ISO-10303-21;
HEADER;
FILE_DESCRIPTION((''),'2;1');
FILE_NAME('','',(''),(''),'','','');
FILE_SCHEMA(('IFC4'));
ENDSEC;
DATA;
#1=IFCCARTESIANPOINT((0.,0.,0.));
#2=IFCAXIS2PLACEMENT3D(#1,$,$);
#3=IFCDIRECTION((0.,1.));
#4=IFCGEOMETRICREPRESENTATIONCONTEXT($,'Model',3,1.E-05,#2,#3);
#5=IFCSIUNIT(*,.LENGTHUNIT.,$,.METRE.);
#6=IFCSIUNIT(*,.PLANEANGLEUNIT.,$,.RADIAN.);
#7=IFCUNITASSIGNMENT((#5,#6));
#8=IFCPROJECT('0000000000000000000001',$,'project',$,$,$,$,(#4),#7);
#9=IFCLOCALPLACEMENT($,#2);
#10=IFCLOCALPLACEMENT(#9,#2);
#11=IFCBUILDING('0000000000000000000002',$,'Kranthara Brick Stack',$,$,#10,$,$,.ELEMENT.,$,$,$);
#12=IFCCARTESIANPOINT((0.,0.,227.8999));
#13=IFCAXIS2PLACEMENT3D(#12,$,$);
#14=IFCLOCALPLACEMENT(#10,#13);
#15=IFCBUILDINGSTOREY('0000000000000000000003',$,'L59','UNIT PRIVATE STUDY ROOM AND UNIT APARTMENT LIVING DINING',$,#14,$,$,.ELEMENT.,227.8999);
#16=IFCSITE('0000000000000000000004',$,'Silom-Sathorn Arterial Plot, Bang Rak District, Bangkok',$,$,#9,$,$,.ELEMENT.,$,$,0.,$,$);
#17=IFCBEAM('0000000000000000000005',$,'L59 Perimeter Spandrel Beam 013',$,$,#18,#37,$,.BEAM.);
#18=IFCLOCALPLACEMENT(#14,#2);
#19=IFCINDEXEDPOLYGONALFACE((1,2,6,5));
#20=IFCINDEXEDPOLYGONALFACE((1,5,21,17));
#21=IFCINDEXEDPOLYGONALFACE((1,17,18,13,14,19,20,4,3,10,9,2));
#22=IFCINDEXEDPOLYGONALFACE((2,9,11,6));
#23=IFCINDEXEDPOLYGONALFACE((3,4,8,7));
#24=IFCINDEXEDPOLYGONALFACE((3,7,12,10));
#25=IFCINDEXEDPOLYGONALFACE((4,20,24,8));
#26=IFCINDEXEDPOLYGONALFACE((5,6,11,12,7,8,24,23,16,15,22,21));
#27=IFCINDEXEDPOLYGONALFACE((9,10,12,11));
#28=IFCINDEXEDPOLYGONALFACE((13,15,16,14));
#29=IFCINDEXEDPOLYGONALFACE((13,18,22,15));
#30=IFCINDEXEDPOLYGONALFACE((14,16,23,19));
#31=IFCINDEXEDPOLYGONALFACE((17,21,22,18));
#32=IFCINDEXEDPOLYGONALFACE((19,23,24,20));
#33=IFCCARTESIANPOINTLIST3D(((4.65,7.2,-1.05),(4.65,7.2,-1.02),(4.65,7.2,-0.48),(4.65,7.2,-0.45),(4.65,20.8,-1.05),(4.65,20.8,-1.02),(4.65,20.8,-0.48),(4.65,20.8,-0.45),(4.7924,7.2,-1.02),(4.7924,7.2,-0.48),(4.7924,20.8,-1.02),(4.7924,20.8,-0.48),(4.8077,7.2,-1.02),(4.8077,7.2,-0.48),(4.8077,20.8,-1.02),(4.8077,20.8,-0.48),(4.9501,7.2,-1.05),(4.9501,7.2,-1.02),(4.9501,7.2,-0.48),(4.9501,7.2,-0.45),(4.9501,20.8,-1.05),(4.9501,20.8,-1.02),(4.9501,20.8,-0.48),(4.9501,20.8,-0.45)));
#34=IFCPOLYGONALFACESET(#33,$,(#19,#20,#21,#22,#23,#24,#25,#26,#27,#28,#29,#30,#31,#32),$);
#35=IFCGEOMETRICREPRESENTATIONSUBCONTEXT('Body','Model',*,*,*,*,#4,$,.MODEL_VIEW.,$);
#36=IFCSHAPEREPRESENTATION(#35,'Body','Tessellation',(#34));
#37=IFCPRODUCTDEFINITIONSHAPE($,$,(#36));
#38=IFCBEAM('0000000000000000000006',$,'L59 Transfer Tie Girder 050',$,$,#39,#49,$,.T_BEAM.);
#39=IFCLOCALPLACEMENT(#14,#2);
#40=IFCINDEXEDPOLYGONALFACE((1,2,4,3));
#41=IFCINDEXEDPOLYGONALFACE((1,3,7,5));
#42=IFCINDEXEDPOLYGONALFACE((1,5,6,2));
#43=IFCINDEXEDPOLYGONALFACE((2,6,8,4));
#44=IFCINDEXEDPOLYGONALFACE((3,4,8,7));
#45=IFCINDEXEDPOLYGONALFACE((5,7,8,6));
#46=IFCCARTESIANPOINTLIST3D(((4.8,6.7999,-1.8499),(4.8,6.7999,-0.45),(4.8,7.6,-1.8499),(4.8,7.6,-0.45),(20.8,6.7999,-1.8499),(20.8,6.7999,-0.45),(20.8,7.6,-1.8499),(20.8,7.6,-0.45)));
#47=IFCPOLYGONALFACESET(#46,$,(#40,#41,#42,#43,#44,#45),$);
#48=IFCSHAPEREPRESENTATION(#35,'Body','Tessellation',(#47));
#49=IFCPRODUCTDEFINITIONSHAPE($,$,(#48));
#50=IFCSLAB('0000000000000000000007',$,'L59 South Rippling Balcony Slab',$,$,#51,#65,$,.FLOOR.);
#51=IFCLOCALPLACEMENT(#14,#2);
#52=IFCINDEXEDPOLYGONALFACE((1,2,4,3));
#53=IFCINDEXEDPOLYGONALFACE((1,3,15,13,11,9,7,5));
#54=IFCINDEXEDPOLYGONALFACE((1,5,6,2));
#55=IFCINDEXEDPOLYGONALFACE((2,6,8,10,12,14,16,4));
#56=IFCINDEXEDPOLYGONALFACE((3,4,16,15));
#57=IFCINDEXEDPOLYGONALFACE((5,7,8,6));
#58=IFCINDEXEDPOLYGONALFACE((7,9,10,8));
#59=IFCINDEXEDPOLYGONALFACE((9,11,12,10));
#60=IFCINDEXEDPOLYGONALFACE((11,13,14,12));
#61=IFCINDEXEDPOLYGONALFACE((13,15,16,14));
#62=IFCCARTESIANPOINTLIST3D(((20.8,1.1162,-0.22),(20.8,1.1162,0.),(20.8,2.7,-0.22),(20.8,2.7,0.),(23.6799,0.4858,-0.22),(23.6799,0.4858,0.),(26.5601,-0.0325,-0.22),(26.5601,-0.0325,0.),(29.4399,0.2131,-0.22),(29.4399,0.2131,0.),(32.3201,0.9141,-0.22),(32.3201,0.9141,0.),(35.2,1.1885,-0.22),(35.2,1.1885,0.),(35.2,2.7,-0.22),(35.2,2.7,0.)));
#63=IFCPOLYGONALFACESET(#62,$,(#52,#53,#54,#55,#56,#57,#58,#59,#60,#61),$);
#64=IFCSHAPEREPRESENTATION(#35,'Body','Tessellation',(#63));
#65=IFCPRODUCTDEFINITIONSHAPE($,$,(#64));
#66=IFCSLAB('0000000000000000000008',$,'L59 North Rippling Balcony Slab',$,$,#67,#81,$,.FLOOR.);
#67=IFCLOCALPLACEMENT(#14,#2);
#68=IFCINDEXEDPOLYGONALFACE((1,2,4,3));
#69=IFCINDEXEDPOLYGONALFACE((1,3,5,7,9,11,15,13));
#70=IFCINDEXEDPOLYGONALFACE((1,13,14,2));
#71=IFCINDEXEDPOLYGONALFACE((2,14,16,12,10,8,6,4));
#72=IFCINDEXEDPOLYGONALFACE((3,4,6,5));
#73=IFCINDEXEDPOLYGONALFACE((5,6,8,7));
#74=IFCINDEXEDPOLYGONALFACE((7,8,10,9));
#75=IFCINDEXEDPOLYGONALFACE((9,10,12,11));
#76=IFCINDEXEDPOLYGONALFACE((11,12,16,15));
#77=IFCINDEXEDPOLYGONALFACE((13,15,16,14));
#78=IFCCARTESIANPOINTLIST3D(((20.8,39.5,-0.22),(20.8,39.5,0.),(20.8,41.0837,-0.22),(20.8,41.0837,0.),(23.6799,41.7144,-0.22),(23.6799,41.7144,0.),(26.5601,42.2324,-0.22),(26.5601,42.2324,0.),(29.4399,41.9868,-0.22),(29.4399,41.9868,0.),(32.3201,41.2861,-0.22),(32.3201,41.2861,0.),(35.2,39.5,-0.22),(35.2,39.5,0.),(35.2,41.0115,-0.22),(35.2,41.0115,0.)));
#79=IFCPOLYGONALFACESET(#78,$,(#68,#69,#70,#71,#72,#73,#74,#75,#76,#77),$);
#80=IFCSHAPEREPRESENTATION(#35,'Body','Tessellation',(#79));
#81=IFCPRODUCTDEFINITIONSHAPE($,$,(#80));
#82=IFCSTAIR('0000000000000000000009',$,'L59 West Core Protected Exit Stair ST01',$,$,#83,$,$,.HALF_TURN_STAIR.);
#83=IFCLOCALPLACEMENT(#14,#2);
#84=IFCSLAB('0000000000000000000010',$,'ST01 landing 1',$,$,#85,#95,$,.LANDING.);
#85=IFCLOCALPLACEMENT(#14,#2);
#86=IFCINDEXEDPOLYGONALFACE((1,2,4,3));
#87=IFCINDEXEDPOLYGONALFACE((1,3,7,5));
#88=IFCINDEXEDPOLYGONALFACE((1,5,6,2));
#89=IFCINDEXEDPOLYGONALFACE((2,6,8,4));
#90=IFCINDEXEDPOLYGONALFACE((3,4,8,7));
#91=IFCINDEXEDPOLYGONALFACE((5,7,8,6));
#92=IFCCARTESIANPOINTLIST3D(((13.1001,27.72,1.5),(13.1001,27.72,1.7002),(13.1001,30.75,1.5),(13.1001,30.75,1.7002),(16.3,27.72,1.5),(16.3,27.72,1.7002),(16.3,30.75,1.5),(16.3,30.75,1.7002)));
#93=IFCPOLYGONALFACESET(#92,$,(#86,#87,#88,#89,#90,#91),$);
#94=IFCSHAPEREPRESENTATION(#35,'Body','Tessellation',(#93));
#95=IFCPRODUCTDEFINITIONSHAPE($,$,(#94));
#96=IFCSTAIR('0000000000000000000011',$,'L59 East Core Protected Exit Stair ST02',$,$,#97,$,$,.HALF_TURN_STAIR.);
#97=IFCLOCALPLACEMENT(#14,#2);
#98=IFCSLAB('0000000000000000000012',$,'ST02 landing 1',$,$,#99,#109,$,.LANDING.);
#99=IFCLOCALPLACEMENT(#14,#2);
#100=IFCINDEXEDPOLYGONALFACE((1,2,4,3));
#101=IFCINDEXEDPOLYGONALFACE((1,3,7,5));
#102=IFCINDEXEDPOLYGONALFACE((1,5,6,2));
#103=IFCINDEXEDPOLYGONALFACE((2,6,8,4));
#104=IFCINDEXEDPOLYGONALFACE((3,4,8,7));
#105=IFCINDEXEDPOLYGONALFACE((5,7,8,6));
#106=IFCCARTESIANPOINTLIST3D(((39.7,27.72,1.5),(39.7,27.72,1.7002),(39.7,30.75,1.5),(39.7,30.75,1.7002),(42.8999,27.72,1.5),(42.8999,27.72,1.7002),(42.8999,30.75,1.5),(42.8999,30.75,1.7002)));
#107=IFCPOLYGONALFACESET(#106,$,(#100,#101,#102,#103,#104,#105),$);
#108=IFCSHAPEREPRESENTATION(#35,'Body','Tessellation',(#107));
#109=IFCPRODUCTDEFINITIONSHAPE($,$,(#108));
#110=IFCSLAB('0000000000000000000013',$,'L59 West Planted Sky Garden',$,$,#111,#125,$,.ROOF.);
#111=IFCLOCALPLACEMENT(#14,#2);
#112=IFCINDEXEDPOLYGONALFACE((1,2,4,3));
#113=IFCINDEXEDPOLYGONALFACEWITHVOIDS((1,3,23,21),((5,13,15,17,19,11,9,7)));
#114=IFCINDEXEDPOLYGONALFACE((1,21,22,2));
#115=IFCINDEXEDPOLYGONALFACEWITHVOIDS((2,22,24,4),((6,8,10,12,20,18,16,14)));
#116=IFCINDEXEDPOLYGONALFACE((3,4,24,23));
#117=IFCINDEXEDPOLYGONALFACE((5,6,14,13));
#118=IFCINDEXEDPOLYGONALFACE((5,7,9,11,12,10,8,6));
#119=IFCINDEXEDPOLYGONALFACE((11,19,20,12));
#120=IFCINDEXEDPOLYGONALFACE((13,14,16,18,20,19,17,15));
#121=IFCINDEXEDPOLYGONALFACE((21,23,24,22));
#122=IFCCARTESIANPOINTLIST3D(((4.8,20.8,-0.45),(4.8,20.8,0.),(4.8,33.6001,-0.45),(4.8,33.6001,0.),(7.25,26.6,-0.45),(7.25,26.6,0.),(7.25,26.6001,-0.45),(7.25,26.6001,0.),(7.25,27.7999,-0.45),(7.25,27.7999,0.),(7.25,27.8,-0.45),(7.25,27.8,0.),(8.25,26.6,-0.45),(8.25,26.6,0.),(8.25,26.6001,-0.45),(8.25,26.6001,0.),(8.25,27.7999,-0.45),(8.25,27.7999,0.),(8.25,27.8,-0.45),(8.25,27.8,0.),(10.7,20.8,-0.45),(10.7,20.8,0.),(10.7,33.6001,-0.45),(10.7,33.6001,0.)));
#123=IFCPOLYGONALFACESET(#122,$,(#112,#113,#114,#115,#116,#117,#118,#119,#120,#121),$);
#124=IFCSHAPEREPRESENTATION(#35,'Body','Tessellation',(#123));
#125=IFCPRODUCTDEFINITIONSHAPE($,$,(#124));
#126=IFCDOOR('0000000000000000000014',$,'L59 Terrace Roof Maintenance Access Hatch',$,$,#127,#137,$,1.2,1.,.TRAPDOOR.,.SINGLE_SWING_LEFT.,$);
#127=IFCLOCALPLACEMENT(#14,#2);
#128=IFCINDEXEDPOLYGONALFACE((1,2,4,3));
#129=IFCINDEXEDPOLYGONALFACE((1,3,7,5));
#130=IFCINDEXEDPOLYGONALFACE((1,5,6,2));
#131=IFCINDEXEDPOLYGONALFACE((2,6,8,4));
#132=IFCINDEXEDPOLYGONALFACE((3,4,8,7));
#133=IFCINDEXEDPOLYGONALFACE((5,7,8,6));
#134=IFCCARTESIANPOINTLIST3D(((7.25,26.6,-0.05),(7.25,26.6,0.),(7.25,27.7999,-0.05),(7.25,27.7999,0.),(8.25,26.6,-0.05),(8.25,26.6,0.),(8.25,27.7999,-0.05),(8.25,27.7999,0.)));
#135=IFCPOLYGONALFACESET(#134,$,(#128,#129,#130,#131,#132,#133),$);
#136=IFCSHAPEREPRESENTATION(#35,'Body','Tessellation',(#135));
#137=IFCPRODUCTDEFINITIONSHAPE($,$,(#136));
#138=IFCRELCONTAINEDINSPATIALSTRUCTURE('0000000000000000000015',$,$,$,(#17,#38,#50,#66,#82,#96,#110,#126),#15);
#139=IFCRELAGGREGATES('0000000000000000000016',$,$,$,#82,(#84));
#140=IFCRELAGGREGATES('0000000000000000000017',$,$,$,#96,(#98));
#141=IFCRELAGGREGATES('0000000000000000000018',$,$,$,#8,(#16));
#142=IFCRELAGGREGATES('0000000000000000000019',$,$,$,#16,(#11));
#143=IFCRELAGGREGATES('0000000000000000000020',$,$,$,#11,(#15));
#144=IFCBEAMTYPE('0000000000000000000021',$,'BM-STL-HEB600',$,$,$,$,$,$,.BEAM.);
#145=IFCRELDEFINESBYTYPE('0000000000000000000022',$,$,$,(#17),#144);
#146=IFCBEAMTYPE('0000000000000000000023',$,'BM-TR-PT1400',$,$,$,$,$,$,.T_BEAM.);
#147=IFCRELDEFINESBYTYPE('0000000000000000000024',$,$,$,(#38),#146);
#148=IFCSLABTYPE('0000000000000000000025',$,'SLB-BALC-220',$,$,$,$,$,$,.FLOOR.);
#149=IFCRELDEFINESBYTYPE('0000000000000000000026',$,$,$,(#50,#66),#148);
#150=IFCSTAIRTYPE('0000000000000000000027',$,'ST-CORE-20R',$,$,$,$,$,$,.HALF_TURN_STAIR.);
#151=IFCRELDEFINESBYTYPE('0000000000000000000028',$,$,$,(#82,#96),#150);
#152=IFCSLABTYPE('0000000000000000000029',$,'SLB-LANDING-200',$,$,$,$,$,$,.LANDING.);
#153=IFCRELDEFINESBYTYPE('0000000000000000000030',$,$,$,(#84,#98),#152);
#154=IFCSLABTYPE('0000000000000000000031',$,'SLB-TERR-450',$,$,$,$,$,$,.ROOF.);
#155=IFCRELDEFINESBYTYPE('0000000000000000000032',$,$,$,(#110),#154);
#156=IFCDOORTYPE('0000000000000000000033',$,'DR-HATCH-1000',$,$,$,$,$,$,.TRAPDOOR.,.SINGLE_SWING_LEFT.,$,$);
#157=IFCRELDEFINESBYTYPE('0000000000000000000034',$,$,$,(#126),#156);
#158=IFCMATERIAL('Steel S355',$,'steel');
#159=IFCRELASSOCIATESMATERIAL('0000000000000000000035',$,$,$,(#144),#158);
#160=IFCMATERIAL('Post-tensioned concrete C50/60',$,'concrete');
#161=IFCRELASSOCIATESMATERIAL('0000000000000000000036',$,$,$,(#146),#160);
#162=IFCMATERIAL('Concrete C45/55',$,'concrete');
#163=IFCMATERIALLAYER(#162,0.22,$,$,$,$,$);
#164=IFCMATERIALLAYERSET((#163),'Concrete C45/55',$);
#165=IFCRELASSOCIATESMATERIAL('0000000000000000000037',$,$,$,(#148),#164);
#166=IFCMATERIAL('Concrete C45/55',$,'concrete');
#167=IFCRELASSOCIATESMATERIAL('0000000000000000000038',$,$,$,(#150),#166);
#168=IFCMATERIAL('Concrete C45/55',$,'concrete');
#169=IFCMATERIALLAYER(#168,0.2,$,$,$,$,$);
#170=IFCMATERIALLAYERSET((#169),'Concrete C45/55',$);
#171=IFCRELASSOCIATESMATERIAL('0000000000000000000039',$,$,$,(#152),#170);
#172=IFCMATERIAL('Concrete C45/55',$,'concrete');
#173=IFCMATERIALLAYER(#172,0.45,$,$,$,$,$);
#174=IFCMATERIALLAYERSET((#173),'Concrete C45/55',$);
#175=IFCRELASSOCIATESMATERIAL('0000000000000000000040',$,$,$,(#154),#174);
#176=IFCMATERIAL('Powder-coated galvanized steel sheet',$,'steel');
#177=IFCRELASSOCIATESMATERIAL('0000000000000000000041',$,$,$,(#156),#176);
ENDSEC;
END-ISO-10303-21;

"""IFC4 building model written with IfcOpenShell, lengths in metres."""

from ifc_helpers import new_model, si_unit, direction, frame, origin, origin_2d, place, context, subcontext, project, spatial, polyline, rectangle, i_section, outline, extrude, material, layer, layer_set, material_profile, profile_set, type_object, element, fill, aggregate, save


model = new_model("IFC4")

# Units and contexts
model_context = context("Model", 3, precision=1e-05, world=origin(), true_north=direction((0.0, 1.0)))
body_context = subcontext(model_context, "Body", "Model", "MODEL_VIEW")
ifc_project = project(units=[si_unit("LENGTHUNIT", "METRE"), si_unit("PLANEANGLEUNIT", "RADIAN")], contexts=[model_context])

# Site, building, storey
site_placement = place(None, origin())
site = spatial("IfcSite", under=ifc_project, at=site_placement, Name="Silom-Sathorn Arterial Plot, Bang Rak District, Bangkok", CompositionType="ELEMENT", RefElevation=0.0)
building_placement = place(site_placement, origin())
building = spatial("IfcBuilding", under=site, at=building_placement, Name="Kranthara Brick Stack", CompositionType="ELEMENT")
storey_placement = place(building_placement, frame((0.0, 0.0, 227.8999)))
storey = spatial("IfcBuildingStorey", under=building, at=storey_placement, Name="L59", Description="UNIT PRIVATE STUDY ROOM AND UNIT APARTMENT LIVING DINING", CompositionType="ELEMENT", Elevation=227.8999)

# Beams
ifc_material_1 = material(Name="Steel S355", Category="steel")
ifc_material_profile_1 = material_profile(ifc_material_1, i_section(OverallWidth=0.3, OverallDepth=0.6001, WebThickness=0.0154, FlangeThickness=0.03, at=origin_2d()), Name="HEB 600")
ifc_profile_set_1 = profile_set([ifc_material_profile_1], Name="Steel S355")
beam_type_1 = type_object("IfcBeamType", Name="BM-STL-HEB600", PredefinedType="BEAM", material=ifc_profile_set_1)
beam_1_placement = place(storey_placement, frame((4.8, 7.2, -0.75), z_axis=(0.0, 1.0, 0.0), x_axis=(-1.0, 0.0, 0.0)))
element("IfcBeam", 1, at=beam_1_placement, inside=storey, type_object=beam_type_1, Name="L59 Perimeter Spandrel Beam 013", PredefinedType="BEAM", context=body_context, shape_type="SweptSolid", body=[
    extrude(i_section(OverallWidth=0.3, OverallDepth=0.6001, WebThickness=0.0154, FlangeThickness=0.03, at=origin_2d()), origin(), (0.0, 0.0, 1.0), 13.6001),
])
ifc_material_2 = material(Name="Post-tensioned concrete C50/60", Category="concrete")
ifc_material_profile_2 = material_profile(ifc_material_2, rectangle(XDim=0.8, YDim=1.3999, at=origin_2d()), Name="PT 800x1400")
ifc_profile_set_2 = profile_set([ifc_material_profile_2], Name="Post-tensioned concrete C50/60")
beam_type_2 = type_object("IfcBeamType", Name="BM-TR-PT1400", PredefinedType="T_BEAM", material=ifc_profile_set_2)
beam_2_placement = place(storey_placement, frame((4.8, 7.2, -1.1499), z_axis=(1.0, 0.0, 0.0), x_axis=(0.0, 1.0, 0.0)))
element("IfcBeam", 2, at=beam_2_placement, inside=storey, type_object=beam_type_2, Name="L59 Transfer Tie Girder 050", PredefinedType="T_BEAM", context=body_context, shape_type="SweptSolid", body=[
    extrude(rectangle(XDim=0.8, YDim=1.3999, at=origin_2d()), origin(), (0.0, 0.0, 1.0), 16.0),
])

# Slabs
ifc_material_3 = material(Name="Concrete C45/55", Category="concrete")
ifc_layer_1 = layer(ifc_material_3, 0.22)
ifc_layer_set_1 = layer_set([ifc_layer_1], Name="Concrete C45/55")
slab_type_1 = type_object("IfcSlabType", Name="SLB-BALC-220", PredefinedType="FLOOR", material=ifc_layer_set_1)
slab_1_placement = place(storey_placement, frame((0.0, 0.0, -0.22)))
element("IfcSlab", 3, at=slab_1_placement, inside=storey, type_object=slab_type_1, Name="L59 South Rippling Balcony Slab", PredefinedType="FLOOR", context=body_context, shape_type="SweptSolid", body=[
    extrude(outline(polyline([(20.8, 2.7), (35.2, 2.7), (35.2, 1.1885), (32.3201, 0.9141), (29.4399, 0.2131), (26.5601, -0.0325), (23.6799, 0.4858), (20.8, 1.1162), (20.8, 2.7)])), origin(), (0.0, 0.0, 1.0), 0.22),
])
slab_2_placement = place(storey_placement, frame((0.0, 0.0, -0.22)))
element("IfcSlab", 4, at=slab_2_placement, inside=storey, type_object=slab_type_1, Name="L59 North Rippling Balcony Slab", PredefinedType="FLOOR", context=body_context, shape_type="SweptSolid", body=[
    extrude(outline(polyline([(35.2, 39.5), (20.8, 39.5), (20.8, 41.0837), (23.6799, 41.7144), (26.5601, 42.2324), (29.4399, 41.9868), (32.3201, 41.2861), (35.2, 41.0115), (35.2, 39.5)])), origin(), (0.0, 0.0, 1.0), 0.22),
])

# Stairs, slabs
ifc_material_4 = material(Name="Concrete C45/55", Category="concrete")
stair_type = type_object("IfcStairType", Name="ST-CORE-20R", PredefinedType="HALF_TURN_STAIR", material=ifc_material_4)
stair_1_placement = place(storey_placement, origin())
stair_1 = element("IfcStair", 5, at=stair_1_placement, inside=storey, type_object=stair_type, Name="L59 West Core Protected Exit Stair ST01", PredefinedType="HALF_TURN_STAIR")
ifc_material_5 = material(Name="Concrete C45/55", Category="concrete")
ifc_layer_2 = layer(ifc_material_5, 0.2)
ifc_layer_set_2 = layer_set([ifc_layer_2], Name="Concrete C45/55")
slab_type_2 = type_object("IfcSlabType", Name="SLB-LANDING-200", PredefinedType="LANDING", material=ifc_layer_set_2)
slab_3_placement = place(storey_placement, frame((0.0, 0.0, 1.5)))
slab_3 = element("IfcSlab", 6, at=slab_3_placement, type_object=slab_type_2, Name="ST01 landing 1", PredefinedType="LANDING", context=body_context, shape_type="SweptSolid", body=[
    extrude(outline(polyline([(16.3, 27.72), (16.3, 30.75), (13.1001, 30.75), (13.1001, 27.72), (16.3, 27.72)])), origin(), (0.0, 0.0, 1.0), 0.2002),
])
aggregate(stair_1, [slab_3])
stair_2_placement = place(storey_placement, origin())
stair_2 = element("IfcStair", 7, at=stair_2_placement, inside=storey, type_object=stair_type, Name="L59 East Core Protected Exit Stair ST02", PredefinedType="HALF_TURN_STAIR")
slab_4_placement = place(storey_placement, frame((0.0, 0.0, 1.5)))
slab_4 = element("IfcSlab", 8, at=slab_4_placement, type_object=slab_type_2, Name="ST02 landing 1", PredefinedType="LANDING", context=body_context, shape_type="SweptSolid", body=[
    extrude(outline(polyline([(42.8999, 27.72), (42.8999, 30.75), (39.7, 30.75), (39.7, 27.72), (42.8999, 27.72)])), origin(), (0.0, 0.0, 1.0), 0.2002),
])
aggregate(stair_2, [slab_4])

# Slab, opening, door
ifc_material_6 = material(Name="Concrete C45/55", Category="concrete")
ifc_layer_3 = layer(ifc_material_6, 0.45)
ifc_layer_set_3 = layer_set([ifc_layer_3], Name="Concrete C45/55")
slab_type_3 = type_object("IfcSlabType", Name="SLB-TERR-450", PredefinedType="ROOF", material=ifc_layer_set_3)
slab_5_placement = place(storey_placement, frame((0.0, 0.0, -0.45)))
slab_5 = element("IfcSlab", 9, at=slab_5_placement, inside=storey, type_object=slab_type_3, Name="L59 West Planted Sky Garden", PredefinedType="ROOF", context=body_context, shape_type="SweptSolid", body=[
    extrude(outline(polyline([(4.8, 20.8), (10.7, 20.8), (10.7, 33.6001), (4.8, 33.6001), (4.8, 20.8)]), holes=[polyline([(7.25, 26.6001), (8.25, 26.6001), (8.25, 27.8), (7.25, 27.8), (7.25, 26.6001)])]), origin(), (0.0, 0.0, 1.0), 0.45),
])
opening_placement = place(slab_5_placement, frame((7.75, 27.2, 0.0)))
opening = element("IfcOpeningElement", 10, at=opening_placement, cuts=slab_5, PredefinedType="OPENING", context=body_context, shape_type="SweptSolid", body=[
    extrude(rectangle(XDim=1.0, YDim=1.2, at=origin_2d()), origin(), (0.0, 0.0, 1.0), 0.45),
])
ifc_material_7 = material(Name="Powder-coated galvanized steel sheet", Category="steel")
door_type = type_object("IfcDoorType", Name="DR-HATCH-1000", OperationType="SINGLE_SWING_LEFT", PredefinedType="TRAPDOOR", material=ifc_material_7)
door_placement = place(opening_placement, frame((0.0, 0.0, 0.3999)))
door = element("IfcDoor", 11, at=door_placement, inside=storey, type_object=door_type, Name="L59 Terrace Roof Maintenance Access Hatch", OperationType="SINGLE_SWING_LEFT", OverallHeight=1.2, OverallWidth=1.0, PredefinedType="TRAPDOOR", context=body_context, shape_type="SweptSolid", body=[
    extrude(rectangle(XDim=1.0, YDim=1.2, at=origin_2d()), origin(), (0.0, 0.0, 1.0), 0.05),
])
fill(opening, door)

save(model, "model.ifc")
